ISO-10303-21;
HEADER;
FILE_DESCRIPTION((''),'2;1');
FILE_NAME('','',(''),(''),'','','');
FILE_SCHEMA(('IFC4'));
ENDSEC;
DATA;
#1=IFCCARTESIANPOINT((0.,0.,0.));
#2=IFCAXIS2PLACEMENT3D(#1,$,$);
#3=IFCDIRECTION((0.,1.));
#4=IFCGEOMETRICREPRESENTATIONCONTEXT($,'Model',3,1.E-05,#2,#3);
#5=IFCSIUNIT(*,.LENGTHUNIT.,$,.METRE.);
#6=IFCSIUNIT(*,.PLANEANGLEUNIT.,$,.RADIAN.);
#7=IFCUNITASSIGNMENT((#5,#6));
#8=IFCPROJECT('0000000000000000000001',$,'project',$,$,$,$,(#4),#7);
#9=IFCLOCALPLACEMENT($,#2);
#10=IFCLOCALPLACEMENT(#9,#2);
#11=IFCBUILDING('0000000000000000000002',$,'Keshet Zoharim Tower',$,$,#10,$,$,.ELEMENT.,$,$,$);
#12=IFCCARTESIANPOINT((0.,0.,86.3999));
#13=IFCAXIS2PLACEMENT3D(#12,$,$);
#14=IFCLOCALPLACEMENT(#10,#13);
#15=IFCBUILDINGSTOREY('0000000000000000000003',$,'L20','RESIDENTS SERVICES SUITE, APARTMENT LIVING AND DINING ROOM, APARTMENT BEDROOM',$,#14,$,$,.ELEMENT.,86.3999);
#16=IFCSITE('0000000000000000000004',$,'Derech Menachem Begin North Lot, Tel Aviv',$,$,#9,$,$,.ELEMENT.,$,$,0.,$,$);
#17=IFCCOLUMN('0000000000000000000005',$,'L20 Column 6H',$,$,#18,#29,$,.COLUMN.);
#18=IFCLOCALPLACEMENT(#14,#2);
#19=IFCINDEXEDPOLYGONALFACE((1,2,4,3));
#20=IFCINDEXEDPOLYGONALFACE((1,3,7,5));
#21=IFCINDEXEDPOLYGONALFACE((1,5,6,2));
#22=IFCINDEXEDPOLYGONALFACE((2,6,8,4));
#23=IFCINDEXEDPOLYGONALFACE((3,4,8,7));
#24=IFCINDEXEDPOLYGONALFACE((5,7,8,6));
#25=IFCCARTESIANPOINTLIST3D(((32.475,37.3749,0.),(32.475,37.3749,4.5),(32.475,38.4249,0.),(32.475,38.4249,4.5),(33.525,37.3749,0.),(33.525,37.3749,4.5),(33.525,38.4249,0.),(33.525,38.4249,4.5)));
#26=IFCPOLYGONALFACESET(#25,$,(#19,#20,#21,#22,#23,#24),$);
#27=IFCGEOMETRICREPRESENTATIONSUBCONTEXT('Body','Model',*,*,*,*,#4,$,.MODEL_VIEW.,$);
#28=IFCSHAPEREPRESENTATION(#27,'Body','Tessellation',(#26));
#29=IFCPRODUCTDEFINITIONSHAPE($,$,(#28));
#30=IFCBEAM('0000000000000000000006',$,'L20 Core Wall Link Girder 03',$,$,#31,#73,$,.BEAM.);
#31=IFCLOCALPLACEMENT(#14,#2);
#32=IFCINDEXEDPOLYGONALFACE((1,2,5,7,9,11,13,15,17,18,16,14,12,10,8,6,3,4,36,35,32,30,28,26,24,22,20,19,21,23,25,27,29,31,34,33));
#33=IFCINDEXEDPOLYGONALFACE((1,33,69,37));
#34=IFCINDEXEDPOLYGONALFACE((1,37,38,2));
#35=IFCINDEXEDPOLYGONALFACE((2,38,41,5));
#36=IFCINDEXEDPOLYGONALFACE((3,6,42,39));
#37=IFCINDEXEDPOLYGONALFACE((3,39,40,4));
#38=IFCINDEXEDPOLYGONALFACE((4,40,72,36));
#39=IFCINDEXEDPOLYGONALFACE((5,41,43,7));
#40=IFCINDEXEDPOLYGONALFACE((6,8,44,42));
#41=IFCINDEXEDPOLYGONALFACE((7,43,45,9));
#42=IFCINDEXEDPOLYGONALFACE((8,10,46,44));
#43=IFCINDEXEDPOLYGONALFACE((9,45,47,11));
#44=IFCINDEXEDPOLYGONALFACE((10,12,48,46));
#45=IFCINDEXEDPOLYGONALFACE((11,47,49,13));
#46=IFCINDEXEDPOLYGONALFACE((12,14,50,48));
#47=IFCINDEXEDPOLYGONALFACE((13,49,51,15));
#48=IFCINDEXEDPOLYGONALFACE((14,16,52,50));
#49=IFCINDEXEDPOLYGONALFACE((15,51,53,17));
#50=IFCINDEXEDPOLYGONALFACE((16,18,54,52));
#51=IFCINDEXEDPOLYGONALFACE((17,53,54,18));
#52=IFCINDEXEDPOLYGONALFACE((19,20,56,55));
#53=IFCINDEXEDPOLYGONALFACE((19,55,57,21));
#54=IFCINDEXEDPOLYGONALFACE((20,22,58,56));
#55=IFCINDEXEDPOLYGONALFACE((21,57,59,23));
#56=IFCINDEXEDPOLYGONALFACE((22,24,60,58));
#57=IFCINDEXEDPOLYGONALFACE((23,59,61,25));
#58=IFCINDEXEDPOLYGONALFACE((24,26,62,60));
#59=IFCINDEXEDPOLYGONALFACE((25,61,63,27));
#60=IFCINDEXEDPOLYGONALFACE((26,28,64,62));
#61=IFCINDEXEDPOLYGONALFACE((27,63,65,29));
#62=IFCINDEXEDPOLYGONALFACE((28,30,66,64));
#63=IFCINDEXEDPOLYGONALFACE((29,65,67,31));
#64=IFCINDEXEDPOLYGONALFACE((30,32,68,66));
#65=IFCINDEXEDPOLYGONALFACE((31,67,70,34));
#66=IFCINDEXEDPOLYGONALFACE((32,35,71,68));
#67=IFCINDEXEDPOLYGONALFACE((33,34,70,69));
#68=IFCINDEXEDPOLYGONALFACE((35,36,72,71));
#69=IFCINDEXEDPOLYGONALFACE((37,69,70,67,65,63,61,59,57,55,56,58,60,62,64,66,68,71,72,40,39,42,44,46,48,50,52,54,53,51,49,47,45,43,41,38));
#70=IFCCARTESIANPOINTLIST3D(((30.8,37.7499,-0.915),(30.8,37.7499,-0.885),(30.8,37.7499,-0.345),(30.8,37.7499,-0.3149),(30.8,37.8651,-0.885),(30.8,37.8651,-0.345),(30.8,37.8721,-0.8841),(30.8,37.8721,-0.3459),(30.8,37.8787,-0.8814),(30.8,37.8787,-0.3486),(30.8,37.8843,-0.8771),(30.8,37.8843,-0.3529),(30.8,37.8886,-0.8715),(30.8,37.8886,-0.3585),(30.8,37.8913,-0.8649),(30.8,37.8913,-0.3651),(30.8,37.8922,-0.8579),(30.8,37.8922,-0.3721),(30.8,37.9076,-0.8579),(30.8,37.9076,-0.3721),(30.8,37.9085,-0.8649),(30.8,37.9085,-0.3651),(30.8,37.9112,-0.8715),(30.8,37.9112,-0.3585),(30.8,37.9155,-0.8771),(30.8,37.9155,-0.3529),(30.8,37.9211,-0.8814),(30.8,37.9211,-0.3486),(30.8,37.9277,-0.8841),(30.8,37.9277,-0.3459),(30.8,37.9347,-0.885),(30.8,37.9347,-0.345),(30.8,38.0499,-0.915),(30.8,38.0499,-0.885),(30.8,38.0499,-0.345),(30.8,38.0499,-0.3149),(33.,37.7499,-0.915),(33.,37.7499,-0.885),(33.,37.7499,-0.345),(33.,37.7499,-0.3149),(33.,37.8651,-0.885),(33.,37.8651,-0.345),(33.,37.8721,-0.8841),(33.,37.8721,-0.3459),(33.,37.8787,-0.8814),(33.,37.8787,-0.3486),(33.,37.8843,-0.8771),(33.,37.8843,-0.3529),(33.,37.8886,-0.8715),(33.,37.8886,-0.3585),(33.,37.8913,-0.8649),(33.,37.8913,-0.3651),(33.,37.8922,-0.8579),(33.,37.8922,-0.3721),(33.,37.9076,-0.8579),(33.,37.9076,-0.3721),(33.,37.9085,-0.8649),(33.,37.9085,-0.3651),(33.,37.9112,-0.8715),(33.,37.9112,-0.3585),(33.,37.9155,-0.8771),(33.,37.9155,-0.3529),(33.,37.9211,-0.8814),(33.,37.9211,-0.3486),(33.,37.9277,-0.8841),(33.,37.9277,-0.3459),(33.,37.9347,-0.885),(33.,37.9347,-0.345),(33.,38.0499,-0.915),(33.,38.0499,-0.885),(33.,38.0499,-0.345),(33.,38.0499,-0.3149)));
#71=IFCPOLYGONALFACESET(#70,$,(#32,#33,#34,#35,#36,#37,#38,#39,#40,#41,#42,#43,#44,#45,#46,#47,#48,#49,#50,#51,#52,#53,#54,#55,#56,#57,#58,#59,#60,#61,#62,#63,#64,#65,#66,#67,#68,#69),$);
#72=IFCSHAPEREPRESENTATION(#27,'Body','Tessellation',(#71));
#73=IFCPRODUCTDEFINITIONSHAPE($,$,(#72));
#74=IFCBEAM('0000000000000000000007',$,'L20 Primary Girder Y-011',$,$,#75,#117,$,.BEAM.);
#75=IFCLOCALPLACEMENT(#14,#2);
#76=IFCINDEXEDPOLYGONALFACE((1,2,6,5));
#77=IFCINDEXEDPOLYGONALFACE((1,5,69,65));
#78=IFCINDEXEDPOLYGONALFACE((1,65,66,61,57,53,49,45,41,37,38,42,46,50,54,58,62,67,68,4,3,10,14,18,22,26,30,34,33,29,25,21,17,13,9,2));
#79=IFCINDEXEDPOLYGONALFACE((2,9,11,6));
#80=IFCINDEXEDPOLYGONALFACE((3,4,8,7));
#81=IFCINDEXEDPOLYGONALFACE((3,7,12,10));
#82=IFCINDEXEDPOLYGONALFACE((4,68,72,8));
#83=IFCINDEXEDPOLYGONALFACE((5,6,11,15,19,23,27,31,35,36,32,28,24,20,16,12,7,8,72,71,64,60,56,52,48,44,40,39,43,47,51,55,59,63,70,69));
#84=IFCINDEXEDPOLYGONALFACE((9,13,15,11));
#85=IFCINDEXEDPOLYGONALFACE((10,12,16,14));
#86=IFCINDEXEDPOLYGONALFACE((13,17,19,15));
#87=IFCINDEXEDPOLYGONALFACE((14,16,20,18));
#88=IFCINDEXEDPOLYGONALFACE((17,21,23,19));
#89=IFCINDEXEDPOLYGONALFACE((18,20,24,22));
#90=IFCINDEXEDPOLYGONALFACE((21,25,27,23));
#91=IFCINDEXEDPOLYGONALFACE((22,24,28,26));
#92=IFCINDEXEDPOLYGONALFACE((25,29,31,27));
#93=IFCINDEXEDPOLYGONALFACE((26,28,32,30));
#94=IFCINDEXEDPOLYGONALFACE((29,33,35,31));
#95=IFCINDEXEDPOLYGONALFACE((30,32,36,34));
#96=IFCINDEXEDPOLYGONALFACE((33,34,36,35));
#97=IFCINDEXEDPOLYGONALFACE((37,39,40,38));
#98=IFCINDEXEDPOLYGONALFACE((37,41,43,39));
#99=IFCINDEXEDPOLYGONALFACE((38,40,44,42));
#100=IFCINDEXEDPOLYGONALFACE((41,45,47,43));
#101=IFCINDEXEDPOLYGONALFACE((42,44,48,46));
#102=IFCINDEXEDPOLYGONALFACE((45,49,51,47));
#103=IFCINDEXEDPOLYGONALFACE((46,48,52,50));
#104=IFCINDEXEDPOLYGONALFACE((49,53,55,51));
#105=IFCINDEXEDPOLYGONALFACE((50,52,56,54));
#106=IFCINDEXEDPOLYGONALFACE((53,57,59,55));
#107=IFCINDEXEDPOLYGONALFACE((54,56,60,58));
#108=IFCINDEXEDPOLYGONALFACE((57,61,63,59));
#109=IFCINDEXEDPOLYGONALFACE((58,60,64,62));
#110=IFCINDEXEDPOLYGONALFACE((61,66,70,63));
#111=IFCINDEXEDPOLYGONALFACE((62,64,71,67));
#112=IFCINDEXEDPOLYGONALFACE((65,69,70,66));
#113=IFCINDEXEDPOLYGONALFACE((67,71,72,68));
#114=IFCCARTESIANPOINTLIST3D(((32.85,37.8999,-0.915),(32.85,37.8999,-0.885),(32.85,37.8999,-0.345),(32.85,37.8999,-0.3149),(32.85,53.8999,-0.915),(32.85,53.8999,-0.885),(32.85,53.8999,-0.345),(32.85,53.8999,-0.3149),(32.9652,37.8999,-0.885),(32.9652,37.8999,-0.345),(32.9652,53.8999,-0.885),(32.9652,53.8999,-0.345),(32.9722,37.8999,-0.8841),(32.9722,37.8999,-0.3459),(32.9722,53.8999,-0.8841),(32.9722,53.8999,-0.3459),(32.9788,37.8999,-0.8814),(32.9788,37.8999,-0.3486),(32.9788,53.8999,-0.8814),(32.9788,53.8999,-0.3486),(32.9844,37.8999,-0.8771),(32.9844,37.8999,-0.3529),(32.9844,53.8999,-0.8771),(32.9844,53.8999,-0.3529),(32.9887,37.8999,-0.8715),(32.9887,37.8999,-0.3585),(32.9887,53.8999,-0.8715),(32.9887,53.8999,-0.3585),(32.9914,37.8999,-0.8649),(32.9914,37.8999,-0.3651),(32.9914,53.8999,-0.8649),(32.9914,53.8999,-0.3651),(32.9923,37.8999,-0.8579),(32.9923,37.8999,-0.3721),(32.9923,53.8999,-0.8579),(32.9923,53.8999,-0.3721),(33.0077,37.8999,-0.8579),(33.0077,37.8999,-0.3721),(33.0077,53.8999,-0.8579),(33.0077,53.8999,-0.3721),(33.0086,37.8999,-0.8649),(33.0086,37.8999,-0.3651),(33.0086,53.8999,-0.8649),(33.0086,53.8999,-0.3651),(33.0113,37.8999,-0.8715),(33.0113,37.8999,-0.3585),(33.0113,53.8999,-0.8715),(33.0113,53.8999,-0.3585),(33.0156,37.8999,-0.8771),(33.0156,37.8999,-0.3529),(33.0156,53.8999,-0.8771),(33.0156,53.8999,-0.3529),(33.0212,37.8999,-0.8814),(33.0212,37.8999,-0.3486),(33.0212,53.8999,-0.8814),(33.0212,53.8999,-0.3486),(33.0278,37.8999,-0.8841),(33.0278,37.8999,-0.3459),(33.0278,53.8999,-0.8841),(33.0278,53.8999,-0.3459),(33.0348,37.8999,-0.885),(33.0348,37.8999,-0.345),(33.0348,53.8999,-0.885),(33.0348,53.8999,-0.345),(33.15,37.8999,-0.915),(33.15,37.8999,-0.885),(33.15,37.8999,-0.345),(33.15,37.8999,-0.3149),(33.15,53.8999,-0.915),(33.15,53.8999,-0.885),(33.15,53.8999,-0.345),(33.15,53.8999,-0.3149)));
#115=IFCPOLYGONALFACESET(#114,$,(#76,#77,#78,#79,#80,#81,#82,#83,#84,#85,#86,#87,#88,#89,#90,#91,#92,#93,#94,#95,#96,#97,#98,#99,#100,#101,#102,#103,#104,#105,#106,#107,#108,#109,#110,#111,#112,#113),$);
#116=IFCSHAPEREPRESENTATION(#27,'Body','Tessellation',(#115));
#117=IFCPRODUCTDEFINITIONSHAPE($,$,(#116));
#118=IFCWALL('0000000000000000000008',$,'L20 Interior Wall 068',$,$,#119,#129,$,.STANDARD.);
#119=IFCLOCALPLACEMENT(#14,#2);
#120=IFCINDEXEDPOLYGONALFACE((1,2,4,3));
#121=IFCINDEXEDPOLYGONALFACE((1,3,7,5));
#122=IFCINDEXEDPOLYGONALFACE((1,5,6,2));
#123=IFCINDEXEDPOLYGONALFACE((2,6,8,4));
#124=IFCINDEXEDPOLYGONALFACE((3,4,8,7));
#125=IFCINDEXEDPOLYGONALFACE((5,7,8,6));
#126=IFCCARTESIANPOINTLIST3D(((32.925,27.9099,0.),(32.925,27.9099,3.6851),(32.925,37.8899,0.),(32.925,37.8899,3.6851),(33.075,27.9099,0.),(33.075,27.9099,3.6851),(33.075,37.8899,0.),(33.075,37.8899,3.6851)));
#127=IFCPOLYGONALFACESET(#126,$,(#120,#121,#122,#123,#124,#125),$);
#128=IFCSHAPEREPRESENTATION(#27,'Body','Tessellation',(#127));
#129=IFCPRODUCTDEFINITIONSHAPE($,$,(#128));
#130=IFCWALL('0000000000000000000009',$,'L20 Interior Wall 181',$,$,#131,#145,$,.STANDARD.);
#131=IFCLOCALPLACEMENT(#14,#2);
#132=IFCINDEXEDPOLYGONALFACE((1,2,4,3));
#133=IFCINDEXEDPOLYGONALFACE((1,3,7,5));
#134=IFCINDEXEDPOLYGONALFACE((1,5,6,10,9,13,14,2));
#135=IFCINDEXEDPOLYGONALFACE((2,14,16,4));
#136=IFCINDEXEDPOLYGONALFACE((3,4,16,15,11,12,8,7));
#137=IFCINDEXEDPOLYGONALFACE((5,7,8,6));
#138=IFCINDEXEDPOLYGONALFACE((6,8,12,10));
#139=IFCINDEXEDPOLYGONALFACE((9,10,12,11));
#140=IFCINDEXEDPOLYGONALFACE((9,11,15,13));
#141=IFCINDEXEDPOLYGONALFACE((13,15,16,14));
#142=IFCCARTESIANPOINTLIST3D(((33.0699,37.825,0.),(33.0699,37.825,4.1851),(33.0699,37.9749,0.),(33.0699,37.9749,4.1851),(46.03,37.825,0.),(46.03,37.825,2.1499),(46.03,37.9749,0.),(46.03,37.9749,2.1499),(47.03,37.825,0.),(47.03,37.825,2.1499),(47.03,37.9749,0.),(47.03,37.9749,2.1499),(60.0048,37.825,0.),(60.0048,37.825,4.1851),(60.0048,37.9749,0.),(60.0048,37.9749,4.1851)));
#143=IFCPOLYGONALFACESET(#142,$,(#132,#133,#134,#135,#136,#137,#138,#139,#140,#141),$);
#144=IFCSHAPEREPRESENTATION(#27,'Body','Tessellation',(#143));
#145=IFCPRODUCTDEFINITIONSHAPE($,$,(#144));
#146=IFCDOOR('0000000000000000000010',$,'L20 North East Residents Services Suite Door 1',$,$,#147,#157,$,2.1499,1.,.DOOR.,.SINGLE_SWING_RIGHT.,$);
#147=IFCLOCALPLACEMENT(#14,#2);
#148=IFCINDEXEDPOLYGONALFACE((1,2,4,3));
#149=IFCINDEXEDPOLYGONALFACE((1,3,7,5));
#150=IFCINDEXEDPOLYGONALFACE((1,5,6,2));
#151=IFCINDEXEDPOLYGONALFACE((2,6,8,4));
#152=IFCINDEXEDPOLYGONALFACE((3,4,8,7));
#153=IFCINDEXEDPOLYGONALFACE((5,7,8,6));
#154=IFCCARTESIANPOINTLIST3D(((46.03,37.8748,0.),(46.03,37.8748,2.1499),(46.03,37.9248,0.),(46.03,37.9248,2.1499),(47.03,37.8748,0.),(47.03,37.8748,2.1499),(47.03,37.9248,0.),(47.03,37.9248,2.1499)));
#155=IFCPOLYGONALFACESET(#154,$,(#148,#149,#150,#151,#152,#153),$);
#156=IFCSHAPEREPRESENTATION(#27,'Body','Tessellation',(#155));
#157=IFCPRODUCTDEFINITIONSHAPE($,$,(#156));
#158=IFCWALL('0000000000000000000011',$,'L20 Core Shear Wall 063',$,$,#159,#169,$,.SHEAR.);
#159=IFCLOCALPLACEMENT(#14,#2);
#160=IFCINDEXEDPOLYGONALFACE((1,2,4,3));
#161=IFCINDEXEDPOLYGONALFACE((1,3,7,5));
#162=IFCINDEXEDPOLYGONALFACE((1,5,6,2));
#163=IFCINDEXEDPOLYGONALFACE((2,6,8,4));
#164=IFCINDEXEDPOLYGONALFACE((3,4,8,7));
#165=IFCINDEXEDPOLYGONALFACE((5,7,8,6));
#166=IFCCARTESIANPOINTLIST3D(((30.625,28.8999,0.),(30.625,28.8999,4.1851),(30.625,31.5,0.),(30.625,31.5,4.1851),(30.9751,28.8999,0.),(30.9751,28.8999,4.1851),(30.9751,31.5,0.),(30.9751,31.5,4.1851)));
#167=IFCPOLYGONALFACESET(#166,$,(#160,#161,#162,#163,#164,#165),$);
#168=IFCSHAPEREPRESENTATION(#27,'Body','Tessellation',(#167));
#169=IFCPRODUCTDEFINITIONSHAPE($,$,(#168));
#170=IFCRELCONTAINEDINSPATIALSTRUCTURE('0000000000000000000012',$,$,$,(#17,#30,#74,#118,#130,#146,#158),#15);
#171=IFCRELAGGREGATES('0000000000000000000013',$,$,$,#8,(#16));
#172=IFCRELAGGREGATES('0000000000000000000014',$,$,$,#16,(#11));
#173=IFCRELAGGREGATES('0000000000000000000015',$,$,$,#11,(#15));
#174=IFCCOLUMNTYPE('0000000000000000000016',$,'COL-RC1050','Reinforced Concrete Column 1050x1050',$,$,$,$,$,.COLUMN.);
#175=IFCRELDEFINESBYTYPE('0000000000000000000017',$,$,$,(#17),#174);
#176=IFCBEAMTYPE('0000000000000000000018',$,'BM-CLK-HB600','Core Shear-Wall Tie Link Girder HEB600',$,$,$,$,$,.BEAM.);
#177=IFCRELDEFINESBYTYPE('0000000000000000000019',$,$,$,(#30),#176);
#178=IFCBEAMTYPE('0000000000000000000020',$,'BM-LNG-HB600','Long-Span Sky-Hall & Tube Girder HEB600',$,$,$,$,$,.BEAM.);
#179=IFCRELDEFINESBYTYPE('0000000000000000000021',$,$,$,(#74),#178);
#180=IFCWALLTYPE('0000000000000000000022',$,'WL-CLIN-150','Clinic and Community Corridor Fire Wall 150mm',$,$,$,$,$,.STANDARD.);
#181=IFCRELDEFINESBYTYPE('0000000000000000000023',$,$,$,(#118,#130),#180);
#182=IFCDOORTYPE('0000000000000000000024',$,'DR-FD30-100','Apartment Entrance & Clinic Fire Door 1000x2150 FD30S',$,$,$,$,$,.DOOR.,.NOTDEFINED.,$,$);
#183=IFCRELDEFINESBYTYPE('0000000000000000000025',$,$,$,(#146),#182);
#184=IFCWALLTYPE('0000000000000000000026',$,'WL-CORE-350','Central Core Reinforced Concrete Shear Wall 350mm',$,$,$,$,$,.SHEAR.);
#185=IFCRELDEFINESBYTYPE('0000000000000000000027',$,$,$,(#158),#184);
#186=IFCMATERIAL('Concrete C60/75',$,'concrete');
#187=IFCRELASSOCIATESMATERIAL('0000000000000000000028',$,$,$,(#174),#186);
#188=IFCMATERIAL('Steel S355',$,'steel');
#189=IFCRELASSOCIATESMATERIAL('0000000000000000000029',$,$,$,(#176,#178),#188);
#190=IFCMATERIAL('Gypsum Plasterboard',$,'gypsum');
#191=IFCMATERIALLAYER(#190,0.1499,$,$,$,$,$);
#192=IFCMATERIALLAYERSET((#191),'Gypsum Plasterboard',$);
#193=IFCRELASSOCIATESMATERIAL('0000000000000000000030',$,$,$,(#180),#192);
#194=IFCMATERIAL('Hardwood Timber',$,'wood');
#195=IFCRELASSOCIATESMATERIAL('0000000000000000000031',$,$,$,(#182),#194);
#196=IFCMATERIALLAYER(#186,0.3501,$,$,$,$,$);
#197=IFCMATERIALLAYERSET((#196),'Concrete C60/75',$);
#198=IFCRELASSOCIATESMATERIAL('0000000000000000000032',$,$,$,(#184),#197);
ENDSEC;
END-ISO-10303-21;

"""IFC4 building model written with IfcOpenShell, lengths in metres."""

from ifc_helpers import new_model, si_unit, direction, frame, frame_2d, origin, origin_2d, place, context, subcontext, project, spatial, rectangle, i_section, extrude, material, layer, layer_set, material_profile, profile_set, type_object, element, fill, save


model = new_model("IFC4")

# Units and contexts
model_context = context("Model", 3, precision=1e-05, world=origin(), true_north=direction((0.0, 1.0)))
body_context = subcontext(model_context, "Body", "Model", "MODEL_VIEW")
ifc_project = project(units=[si_unit("LENGTHUNIT", "METRE"), si_unit("PLANEANGLEUNIT", "RADIAN")], contexts=[model_context])

# Site, building, storey
site_placement = place(None, origin())
site = spatial("IfcSite", under=ifc_project, at=site_placement, Name="Derech Menachem Begin North Lot, Tel Aviv", CompositionType="ELEMENT", RefElevation=0.0)
building_placement = place(site_placement, origin())
building = spatial("IfcBuilding", under=site, at=building_placement, Name="Keshet Zoharim Tower", CompositionType="ELEMENT")
storey_placement = place(building_placement, frame((0.0, 0.0, 86.3999)))
storey = spatial("IfcBuildingStorey", under=building, at=storey_placement, Name="L20", Description="RESIDENTS SERVICES SUITE, APARTMENT LIVING AND DINING ROOM, APARTMENT BEDROOM", CompositionType="ELEMENT", Elevation=86.3999)

# Column
ifc_material_1 = material(Name="Concrete C60/75", Category="concrete")
ifc_material_profile_1 = material_profile(ifc_material_1, rectangle(XDim=1.05, YDim=1.05, at=origin_2d()), Name="RC1050x1050")
ifc_profile_set_1 = profile_set([ifc_material_profile_1], Name="Concrete C60/75")
column_type = type_object("IfcColumnType", Name="COL-RC1050", Description="Reinforced Concrete Column 1050x1050", PredefinedType="COLUMN", material=ifc_profile_set_1)
column_placement = place(storey_placement, frame((33.0, 37.8999, 0.0), z_axis=(0.0, 0.0, 1.0), x_axis=(1.0, 0.0, 0.0)))
element("IfcColumn", 1, at=column_placement, inside=storey, type_object=column_type, Name="L20 Column 6H", PredefinedType="COLUMN", context=body_context, shape_type="SweptSolid", body=[
    extrude(rectangle(XDim=1.05, YDim=1.05, at=origin_2d()), origin(), (0.0, 0.0, 1.0), 4.5),
])

# Beams
ifc_material_2 = material(Name="Steel S355", Category="steel")
ifc_material_profile_2 = material_profile(ifc_material_2, i_section(OverallWidth=0.3, OverallDepth=0.6001, WebThickness=0.0154, FlangeThickness=0.03, FilletRadius=0.0271, at=origin_2d()), Name="HEB600")
ifc_profile_set_2 = profile_set([ifc_material_profile_2], Name="Steel S355")
beam_type_1 = type_object("IfcBeamType", Name="BM-CLK-HB600", Description="Core Shear-Wall Tie Link Girder HEB600", PredefinedType="BEAM", material=ifc_profile_set_2)
beam_1_placement = place(storey_placement, frame((30.8, 37.8999, -0.615), z_axis=(1.0, 0.0, 0.0), x_axis=(0.0, 1.0, 0.0)))
element("IfcBeam", 2, at=beam_1_placement, inside=storey, type_object=beam_type_1, Name="L20 Core Wall Link Girder 03", PredefinedType="BEAM", context=body_context, shape_type="SweptSolid", body=[
    extrude(i_section(OverallWidth=0.3, OverallDepth=0.6001, WebThickness=0.0154, FlangeThickness=0.03, FilletRadius=0.0271, at=origin_2d()), origin(), (0.0, 0.0, 1.0), 2.2),
])
ifc_material_profile_3 = material_profile(ifc_material_2, i_section(OverallWidth=0.3, OverallDepth=0.6001, WebThickness=0.0154, FlangeThickness=0.03, FilletRadius=0.0271, at=origin_2d()), Name="HEB600")
ifc_profile_set_3 = profile_set([ifc_material_profile_3], Name="Steel S355")
beam_type_2 = type_object("IfcBeamType", Name="BM-LNG-HB600", Description="Long-Span Sky-Hall & Tube Girder HEB600", PredefinedType="BEAM", material=ifc_profile_set_3)
beam_2_placement = place(storey_placement, frame((33.0, 37.8999, -0.615), z_axis=(0.0, 1.0, 0.0), x_axis=(-1.0, 0.0, 0.0)))
element("IfcBeam", 3, at=beam_2_placement, inside=storey, type_object=beam_type_2, Name="L20 Primary Girder Y-011", PredefinedType="BEAM", context=body_context, shape_type="SweptSolid", body=[
    extrude(i_section(OverallWidth=0.3, OverallDepth=0.6001, WebThickness=0.0154, FlangeThickness=0.03, FilletRadius=0.0271, at=origin_2d()), origin(), (0.0, 0.0, 1.0), 16.0),
])

# Wall
ifc_material_3 = material(Name="Gypsum Plasterboard", Category="gypsum")
ifc_layer_1 = layer(ifc_material_3, 0.1499)
ifc_layer_set_1 = layer_set([ifc_layer_1], Name="Gypsum Plasterboard")
wall_type_1 = type_object("IfcWallType", Name="WL-CLIN-150", Description="Clinic and Community Corridor Fire Wall 150mm", PredefinedType="STANDARD", material=ifc_layer_set_1)
wall_1_placement = place(storey_placement, frame((33.0, 27.9099, 0.0), z_axis=(0.0, 0.0, 1.0), x_axis=(0.0, 1.0, 0.0)))
element("IfcWall", 4, at=wall_1_placement, inside=storey, type_object=wall_type_1, Name="L20 Interior Wall 068", PredefinedType="STANDARD", context=body_context, shape_type="SweptSolid", body=[
    extrude(rectangle(XDim=9.98, YDim=0.1499, at=frame_2d((4.99, 0.0))), origin(), (0.0, 0.0, 1.0), 3.6851),
])

# Wall, opening, door
wall_2_placement = place(storey_placement, frame((33.0701, 37.8999, 0.0), z_axis=(0.0, 0.0, 1.0), x_axis=(1.0, 0.0, 0.0)))
wall_2 = element("IfcWall", 5, at=wall_2_placement, inside=storey, type_object=wall_type_1, Name="L20 Interior Wall 181", PredefinedType="STANDARD", context=body_context, shape_type="SweptSolid", body=[
    extrude(rectangle(XDim=26.9348, YDim=0.1499, at=frame_2d((13.4673, 0.0))), origin(), (0.0, 0.0, 1.0), 4.1851),
])
opening_1_placement = place(wall_2_placement, frame((12.96, 0.0, 0.0)))
opening_1 = element("IfcOpeningElement", 6, at=opening_1_placement, cuts=wall_2, PredefinedType="OPENING", context=body_context, shape_type="SweptSolid", body=[
    extrude(rectangle(XDim=1.0, YDim=2.1499, at=frame_2d((0.5, 1.075))), frame((0.0, 0.085, 0.0), z_axis=(0.0, -1.0, 0.0), x_axis=(1.0, 0.0, 0.0)), (0.0, 0.0, 1.0), 0.1699),
])
ifc_material_4 = material(Name="Hardwood Timber", Category="wood")
door_type_1 = type_object("IfcDoorType", Name="DR-FD30-100", Description="Apartment Entrance & Clinic Fire Door 1000x2150 FD30S", OperationType="NOTDEFINED", PredefinedType="DOOR", material=ifc_material_4)
door_1_placement = place(opening_1_placement, origin())
door_1 = element("IfcDoor", 7, at=door_1_placement, inside=storey, type_object=door_type_1, Name="L20 North East Residents Services Suite Door 1", OperationType="SINGLE_SWING_RIGHT", OverallHeight=2.1499, OverallWidth=1.0, PredefinedType="DOOR", context=body_context, shape_type="SweptSolid", body=[
    extrude(rectangle(XDim=1.0, YDim=2.1499, at=frame_2d((0.5, 1.075))), frame((0.0, 0.0249, 0.0), z_axis=(0.0, -1.0, 0.0), x_axis=(1.0, 0.0, 0.0)), (0.0, 0.0, 1.0), 0.05),
])
fill(opening_1, door_1)

# Wall
ifc_layer_2 = layer(ifc_material_1, 0.3501)
ifc_layer_set_2 = layer_set([ifc_layer_2], Name="Concrete C60/75")
wall_type_2 = type_object("IfcWallType", Name="WL-CORE-350", Description="Central Core Reinforced Concrete Shear Wall 350mm", PredefinedType="SHEAR", material=ifc_layer_set_2)
wall_3_placement = place(storey_placement, frame((30.8, 28.8999, 0.0), z_axis=(0.0, 0.0, 1.0), x_axis=(0.0, 1.0, 0.0)))
element("IfcWall", 8, at=wall_3_placement, inside=storey, type_object=wall_type_2, Name="L20 Core Shear Wall 063", PredefinedType="SHEAR", context=body_context, shape_type="SweptSolid", body=[
    extrude(rectangle(XDim=2.6001, YDim=0.3501, at=frame_2d((1.3, 0.0))), origin(), (0.0, 0.0, 1.0), 4.1851),
])

save(model, "model.ifc")
